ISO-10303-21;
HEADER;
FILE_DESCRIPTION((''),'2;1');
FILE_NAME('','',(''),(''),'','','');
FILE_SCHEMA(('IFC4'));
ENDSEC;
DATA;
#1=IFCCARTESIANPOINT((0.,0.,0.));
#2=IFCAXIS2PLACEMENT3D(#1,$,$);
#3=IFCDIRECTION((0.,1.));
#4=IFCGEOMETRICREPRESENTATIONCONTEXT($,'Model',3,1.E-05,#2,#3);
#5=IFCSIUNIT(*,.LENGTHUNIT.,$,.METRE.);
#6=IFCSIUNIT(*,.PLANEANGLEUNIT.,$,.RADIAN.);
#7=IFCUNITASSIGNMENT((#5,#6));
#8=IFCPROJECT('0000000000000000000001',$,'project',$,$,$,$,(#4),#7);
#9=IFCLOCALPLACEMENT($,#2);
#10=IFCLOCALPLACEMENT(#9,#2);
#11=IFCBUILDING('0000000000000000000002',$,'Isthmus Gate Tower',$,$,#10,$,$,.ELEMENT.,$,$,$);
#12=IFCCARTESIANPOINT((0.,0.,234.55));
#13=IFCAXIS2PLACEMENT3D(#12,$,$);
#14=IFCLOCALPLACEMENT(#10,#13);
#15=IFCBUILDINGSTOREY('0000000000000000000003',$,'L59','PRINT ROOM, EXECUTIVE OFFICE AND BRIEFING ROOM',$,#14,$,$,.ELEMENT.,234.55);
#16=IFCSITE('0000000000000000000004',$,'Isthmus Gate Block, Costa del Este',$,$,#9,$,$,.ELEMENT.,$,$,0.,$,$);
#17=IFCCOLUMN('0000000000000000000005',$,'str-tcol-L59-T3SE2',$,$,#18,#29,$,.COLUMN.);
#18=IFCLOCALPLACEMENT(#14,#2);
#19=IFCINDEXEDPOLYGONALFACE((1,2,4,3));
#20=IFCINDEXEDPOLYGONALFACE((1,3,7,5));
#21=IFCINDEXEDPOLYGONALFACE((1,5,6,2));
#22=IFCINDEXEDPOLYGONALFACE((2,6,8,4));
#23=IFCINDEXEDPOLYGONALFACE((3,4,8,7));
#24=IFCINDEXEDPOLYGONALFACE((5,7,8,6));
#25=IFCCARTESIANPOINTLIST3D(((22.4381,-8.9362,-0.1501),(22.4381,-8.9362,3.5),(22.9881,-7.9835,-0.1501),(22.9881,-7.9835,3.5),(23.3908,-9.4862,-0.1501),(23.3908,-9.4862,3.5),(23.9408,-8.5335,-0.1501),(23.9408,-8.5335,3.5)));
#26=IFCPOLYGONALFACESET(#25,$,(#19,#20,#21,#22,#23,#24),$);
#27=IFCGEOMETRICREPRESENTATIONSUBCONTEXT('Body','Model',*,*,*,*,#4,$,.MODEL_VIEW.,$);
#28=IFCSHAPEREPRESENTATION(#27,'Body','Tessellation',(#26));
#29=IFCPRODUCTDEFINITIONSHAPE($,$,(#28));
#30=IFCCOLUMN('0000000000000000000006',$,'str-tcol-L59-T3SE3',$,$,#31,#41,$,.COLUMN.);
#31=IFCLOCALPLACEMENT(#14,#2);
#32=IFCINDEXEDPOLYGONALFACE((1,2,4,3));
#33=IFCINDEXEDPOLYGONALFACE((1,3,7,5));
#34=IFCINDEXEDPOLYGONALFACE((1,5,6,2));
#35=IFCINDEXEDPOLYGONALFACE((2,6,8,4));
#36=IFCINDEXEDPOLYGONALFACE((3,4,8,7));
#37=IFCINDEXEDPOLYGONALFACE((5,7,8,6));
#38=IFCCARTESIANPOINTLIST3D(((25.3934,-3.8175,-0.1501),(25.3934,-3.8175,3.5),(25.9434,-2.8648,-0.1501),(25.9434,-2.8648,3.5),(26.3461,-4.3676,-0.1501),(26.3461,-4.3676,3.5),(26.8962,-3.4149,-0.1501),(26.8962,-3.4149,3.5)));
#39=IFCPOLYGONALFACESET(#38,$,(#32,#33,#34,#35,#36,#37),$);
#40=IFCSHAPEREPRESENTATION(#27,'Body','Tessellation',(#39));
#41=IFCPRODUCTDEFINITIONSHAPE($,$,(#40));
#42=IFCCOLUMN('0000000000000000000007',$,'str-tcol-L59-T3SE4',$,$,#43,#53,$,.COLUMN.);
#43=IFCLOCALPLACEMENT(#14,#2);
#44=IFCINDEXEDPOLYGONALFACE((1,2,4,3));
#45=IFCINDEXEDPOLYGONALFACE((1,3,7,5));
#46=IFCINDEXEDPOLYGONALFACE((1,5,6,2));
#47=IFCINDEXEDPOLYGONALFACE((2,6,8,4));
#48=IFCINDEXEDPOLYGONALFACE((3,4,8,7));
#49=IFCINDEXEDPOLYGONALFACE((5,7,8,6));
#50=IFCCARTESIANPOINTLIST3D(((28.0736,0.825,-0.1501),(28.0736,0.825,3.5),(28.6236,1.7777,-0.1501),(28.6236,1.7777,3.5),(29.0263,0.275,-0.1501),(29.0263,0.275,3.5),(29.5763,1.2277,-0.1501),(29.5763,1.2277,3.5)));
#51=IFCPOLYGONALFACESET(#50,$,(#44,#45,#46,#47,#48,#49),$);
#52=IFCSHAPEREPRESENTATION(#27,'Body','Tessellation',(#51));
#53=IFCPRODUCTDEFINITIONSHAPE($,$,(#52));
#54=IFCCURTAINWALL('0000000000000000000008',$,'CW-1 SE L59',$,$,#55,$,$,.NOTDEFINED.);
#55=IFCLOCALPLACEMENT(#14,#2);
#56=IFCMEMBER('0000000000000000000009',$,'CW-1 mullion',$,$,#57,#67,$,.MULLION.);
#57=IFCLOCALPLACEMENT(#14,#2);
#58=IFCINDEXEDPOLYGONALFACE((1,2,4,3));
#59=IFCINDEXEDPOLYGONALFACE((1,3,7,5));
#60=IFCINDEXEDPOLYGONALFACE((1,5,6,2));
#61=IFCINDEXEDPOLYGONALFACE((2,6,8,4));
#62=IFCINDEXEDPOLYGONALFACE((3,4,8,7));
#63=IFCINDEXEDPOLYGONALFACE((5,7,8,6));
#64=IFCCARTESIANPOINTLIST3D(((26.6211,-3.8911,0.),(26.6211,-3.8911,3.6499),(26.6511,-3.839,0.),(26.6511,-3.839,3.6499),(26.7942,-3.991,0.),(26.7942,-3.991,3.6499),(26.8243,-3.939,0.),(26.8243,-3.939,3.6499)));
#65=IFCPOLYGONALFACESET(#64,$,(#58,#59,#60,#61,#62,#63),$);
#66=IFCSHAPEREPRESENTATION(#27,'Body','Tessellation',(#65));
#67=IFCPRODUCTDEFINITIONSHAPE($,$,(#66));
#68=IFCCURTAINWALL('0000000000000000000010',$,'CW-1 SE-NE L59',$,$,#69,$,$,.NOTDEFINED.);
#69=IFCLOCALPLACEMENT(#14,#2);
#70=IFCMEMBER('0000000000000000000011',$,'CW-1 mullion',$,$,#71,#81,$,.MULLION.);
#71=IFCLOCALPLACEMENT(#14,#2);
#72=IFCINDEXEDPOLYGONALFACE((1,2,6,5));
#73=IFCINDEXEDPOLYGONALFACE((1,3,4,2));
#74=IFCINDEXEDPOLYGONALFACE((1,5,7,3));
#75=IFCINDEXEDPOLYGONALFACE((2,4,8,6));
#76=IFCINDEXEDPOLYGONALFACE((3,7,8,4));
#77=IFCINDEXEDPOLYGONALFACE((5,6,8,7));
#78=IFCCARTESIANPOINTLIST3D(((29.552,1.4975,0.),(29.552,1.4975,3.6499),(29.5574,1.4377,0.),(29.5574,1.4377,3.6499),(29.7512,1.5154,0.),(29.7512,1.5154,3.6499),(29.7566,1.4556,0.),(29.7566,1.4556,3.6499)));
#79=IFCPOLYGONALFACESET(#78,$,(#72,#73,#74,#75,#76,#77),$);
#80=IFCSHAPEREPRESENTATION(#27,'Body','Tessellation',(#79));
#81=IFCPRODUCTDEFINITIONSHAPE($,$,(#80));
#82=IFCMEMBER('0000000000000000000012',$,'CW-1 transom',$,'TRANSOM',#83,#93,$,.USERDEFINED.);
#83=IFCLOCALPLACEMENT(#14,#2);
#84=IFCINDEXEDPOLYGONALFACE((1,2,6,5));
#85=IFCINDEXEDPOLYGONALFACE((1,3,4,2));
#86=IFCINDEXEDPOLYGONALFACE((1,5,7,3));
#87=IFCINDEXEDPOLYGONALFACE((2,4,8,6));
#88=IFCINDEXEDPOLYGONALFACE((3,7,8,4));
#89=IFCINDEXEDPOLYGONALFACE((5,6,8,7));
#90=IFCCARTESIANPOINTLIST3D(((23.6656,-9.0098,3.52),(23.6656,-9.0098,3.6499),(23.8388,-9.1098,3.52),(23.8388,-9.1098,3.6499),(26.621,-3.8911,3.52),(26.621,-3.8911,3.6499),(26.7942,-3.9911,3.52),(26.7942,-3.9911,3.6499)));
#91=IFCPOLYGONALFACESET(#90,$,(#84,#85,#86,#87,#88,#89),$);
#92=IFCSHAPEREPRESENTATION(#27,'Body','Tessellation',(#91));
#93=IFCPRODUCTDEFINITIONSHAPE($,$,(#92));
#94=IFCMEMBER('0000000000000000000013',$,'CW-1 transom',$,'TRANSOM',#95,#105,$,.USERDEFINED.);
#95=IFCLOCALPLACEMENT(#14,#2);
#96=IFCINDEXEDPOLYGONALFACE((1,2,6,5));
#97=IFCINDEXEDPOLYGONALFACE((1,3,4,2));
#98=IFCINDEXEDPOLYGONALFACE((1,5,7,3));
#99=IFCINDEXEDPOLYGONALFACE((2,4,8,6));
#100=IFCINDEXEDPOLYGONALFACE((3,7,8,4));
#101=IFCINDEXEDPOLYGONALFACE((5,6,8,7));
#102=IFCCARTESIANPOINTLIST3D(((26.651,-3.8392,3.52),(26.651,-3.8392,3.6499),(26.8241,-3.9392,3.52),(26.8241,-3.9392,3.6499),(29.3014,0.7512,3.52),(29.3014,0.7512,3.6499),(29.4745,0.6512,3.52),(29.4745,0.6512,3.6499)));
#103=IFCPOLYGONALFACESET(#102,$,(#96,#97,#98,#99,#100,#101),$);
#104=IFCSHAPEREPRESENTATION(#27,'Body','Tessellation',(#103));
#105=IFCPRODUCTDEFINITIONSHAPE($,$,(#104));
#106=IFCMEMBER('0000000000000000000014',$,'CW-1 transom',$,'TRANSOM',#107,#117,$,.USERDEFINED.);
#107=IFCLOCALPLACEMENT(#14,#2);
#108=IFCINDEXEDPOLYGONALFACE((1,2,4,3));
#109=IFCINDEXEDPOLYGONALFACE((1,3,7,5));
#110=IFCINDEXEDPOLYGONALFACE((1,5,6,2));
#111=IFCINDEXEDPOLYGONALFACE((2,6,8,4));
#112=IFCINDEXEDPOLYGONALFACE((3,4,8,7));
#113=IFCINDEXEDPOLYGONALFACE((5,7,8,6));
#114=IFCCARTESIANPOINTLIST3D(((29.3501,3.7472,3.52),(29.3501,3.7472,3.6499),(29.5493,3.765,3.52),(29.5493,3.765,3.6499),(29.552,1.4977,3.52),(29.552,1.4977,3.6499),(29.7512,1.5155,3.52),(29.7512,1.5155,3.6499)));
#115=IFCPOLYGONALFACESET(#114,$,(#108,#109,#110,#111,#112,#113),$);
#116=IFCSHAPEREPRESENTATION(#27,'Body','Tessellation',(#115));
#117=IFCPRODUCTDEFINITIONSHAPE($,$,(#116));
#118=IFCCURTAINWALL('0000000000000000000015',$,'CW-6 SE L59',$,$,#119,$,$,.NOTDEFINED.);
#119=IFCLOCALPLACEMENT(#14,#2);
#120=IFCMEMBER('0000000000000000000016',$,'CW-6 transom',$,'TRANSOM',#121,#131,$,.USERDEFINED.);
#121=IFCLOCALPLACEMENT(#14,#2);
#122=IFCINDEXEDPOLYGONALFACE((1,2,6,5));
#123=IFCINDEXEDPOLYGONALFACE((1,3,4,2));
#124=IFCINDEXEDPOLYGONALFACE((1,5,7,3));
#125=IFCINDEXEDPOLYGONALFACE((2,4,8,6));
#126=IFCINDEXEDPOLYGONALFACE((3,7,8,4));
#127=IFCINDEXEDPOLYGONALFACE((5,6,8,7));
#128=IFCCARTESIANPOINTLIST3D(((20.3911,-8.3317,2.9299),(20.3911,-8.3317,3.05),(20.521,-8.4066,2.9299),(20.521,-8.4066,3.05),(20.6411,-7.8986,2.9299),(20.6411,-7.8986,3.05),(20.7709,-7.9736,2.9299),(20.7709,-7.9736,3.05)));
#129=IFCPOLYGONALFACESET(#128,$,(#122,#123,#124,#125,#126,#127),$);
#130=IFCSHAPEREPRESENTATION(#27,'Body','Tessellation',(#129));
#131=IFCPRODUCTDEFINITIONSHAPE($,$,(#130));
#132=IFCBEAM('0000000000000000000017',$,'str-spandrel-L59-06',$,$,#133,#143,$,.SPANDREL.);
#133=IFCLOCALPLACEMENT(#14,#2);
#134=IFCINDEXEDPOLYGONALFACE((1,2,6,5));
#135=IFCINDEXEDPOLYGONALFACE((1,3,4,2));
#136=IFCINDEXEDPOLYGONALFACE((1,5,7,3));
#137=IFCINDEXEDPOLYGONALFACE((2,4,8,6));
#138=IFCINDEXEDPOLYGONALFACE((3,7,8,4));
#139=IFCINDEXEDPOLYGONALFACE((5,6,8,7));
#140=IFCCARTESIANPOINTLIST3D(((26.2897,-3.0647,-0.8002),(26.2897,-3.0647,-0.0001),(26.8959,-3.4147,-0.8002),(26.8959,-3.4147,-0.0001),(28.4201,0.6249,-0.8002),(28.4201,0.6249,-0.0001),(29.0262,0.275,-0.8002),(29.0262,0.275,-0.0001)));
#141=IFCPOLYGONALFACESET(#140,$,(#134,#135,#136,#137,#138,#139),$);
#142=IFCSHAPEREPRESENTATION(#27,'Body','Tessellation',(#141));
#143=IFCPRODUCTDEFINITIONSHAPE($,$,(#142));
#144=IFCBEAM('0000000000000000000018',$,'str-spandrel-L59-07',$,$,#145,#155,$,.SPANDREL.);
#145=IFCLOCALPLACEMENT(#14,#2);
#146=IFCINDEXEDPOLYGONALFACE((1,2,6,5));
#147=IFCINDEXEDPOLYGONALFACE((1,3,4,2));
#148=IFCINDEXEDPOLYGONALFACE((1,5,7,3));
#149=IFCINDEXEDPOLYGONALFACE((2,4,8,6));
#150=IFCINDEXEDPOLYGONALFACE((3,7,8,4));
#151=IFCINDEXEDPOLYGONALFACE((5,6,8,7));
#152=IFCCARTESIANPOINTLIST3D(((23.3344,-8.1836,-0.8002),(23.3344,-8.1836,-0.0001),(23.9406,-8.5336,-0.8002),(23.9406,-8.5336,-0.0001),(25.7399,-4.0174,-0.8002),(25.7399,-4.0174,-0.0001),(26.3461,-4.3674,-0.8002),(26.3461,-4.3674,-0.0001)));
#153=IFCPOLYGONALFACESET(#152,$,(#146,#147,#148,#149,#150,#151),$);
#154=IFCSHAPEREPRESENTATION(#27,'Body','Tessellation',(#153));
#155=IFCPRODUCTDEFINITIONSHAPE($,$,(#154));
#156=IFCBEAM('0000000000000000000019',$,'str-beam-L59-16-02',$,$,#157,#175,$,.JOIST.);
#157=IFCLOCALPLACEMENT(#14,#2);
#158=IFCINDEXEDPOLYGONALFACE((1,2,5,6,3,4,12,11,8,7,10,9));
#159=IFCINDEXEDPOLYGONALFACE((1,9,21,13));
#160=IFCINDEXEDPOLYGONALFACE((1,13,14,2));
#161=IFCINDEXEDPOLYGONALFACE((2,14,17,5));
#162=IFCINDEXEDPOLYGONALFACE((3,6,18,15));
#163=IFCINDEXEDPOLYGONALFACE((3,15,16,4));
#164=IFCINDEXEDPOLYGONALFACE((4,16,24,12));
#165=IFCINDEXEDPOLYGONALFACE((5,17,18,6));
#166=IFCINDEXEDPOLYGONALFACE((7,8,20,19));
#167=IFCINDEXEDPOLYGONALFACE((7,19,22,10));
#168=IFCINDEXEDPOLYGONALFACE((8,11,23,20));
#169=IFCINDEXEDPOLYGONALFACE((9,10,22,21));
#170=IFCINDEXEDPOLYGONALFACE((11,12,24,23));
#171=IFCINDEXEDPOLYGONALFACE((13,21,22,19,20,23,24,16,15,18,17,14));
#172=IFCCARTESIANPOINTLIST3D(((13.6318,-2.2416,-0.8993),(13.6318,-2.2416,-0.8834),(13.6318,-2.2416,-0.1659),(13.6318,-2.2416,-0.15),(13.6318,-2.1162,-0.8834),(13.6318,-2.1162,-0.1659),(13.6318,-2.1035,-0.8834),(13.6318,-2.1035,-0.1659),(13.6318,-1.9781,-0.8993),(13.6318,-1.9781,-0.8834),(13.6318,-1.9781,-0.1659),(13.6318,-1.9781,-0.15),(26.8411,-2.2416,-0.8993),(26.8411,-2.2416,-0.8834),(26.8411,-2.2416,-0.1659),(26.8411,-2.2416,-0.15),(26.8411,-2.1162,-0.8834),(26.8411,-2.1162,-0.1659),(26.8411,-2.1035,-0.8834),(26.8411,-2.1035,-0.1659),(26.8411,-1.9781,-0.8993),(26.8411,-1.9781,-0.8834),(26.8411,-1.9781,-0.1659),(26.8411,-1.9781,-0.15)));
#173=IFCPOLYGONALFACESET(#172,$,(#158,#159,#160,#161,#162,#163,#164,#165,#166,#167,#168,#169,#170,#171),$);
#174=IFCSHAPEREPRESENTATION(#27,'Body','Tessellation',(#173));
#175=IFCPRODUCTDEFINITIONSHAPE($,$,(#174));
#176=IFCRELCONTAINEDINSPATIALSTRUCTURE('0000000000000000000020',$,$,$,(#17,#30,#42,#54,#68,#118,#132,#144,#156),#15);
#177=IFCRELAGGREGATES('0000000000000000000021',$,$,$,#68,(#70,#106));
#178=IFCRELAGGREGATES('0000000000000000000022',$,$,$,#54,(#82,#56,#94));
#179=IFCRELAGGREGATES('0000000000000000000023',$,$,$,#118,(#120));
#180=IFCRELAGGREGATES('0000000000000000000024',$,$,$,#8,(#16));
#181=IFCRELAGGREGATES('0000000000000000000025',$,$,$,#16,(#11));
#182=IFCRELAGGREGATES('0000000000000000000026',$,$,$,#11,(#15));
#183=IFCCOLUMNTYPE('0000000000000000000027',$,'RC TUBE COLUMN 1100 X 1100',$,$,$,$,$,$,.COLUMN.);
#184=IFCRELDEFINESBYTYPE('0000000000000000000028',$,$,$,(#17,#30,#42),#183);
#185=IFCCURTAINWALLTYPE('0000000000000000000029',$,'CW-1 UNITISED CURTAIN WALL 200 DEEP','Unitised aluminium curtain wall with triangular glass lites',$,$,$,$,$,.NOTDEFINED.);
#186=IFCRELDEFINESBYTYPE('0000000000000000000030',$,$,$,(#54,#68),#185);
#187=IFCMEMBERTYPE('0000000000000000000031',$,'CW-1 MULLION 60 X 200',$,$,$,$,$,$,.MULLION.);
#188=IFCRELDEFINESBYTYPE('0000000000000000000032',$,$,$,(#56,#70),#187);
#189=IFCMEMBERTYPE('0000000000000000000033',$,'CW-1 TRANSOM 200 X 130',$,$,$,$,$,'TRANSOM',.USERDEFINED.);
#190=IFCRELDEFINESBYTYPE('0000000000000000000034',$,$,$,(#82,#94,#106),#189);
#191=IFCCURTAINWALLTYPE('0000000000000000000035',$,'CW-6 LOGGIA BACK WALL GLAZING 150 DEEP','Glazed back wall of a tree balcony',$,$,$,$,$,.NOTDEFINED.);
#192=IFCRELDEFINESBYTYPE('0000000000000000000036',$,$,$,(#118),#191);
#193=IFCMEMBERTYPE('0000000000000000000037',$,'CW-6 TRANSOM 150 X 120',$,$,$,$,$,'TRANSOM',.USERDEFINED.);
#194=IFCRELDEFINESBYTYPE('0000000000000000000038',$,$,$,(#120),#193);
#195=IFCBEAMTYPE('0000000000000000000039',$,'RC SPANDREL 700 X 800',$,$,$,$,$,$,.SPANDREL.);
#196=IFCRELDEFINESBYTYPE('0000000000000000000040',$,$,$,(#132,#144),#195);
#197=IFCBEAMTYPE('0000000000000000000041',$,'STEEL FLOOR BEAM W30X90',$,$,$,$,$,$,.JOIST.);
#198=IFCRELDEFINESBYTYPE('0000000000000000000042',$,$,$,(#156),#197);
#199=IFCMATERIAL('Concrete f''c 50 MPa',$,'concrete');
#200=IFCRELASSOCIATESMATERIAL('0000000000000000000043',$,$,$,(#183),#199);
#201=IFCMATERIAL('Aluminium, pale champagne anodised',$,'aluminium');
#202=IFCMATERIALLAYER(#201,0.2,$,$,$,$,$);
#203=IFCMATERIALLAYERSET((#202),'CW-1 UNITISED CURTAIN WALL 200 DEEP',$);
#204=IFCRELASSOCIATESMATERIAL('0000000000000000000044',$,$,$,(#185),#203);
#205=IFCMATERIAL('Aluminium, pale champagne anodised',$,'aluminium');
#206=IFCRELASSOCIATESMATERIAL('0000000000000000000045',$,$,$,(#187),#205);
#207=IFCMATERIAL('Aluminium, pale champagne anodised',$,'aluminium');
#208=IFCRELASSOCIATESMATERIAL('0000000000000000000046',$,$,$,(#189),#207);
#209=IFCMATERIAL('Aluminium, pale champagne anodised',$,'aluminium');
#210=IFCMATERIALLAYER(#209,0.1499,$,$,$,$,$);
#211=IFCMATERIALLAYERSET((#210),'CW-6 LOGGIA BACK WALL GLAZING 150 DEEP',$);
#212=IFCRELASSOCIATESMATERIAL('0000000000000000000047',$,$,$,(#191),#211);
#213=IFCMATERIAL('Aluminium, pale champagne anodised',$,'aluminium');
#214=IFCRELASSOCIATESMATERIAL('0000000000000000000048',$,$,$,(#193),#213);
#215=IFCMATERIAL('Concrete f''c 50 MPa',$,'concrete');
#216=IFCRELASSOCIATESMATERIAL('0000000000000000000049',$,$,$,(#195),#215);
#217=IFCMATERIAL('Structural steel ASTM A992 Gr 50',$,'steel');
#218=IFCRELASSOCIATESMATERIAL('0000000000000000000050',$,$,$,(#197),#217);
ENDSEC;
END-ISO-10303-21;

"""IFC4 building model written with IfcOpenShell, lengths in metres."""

from ifc_helpers import new_model, si_unit, direction, frame, origin, origin_2d, place, context, subcontext, project, spatial, rectangle, i_section, extrude, material, layer, layer_set, material_profile, profile_set, type_object, element, aggregate, save


model = new_model("IFC4")

# Units and contexts
model_context = context("Model", 3, precision=1e-05, world=origin(), true_north=direction((0.0, 1.0)))
body_context = subcontext(model_context, "Body", "Model", "MODEL_VIEW")
ifc_project = project(units=[si_unit("LENGTHUNIT", "METRE"), si_unit("PLANEANGLEUNIT", "RADIAN")], contexts=[model_context])

# Site, building, storey
site_placement = place(None, origin())
site = spatial("IfcSite", under=ifc_project, at=site_placement, Name="Isthmus Gate Block, Costa del Este", CompositionType="ELEMENT", RefElevation=0.0)
building_placement = place(site_placement, origin())
building = spatial("IfcBuilding", under=site, at=building_placement, Name="Isthmus Gate Tower", CompositionType="ELEMENT")
storey_placement = place(building_placement, frame((0.0, 0.0, 234.55)))
storey = spatial("IfcBuildingStorey", under=building, at=storey_placement, Name="L59", Description="PRINT ROOM, EXECUTIVE OFFICE AND BRIEFING ROOM", CompositionType="ELEMENT", Elevation=234.55)

# Columns
ifc_material_1 = material(Name="Concrete f'c 50 MPa", Category="concrete")
ifc_material_profile_1 = material_profile(ifc_material_1, rectangle(XDim=1.1001, YDim=1.1001, at=origin_2d()), Name="RC 1100X1100")
ifc_profile_set_1 = profile_set([ifc_material_profile_1], Name="Concrete f'c 50 MPa")
column_type = type_object("IfcColumnType", Name="RC TUBE COLUMN 1100 X 1100", PredefinedType="COLUMN", material=ifc_profile_set_1)
for number, where, z_axis, x_axis, name in (
    (1, (23.1895, -8.7349, -0.1501), (0.0, 0.0, 1.0), (0.5, 0.866025, 0.0), "str-tcol-L59-T3SE2"),
    (2, (26.1448, -3.6162, -0.1501), (0.0, 0.0, 1.0), (0.5, 0.866025, 0.0), "str-tcol-L59-T3SE3"),
    (3, (28.825, 1.0264, -0.1501), (0.0, 0.0, 1.0), (0.5, 0.866025, 0.0), "str-tcol-L59-T3SE4"),
):
    element("IfcColumn", number, at=place(storey_placement, frame(where, z_axis=z_axis, x_axis=x_axis)), inside=storey, type_object=column_type, Name=name, PredefinedType="COLUMN", context=body_context, shape_type="SweptSolid", body=[
        extrude(rectangle(XDim=1.1001, YDim=1.1001, at=origin_2d()), origin(), (0.0, 0.0, 1.0), 3.6501),
    ])

# Curtain walls, members
ifc_material_2 = material(Name="Aluminium, pale champagne anodised", Category="aluminium")
ifc_layer_1 = layer(ifc_material_2, 0.2)
ifc_layer_set_1 = layer_set([ifc_layer_1], Name="CW-1 UNITISED CURTAIN WALL 200 DEEP")
curtain_wall_type_1 = type_object("IfcCurtainWallType", Name="CW-1 UNITISED CURTAIN WALL 200 DEEP", Description="Unitised aluminium curtain wall with triangular glass lites", PredefinedType="NOTDEFINED", material=ifc_layer_set_1)
curtain_wall_1_placement = place(storey_placement, origin())
curtain_wall_1 = element("IfcCurtainWall", 4, at=curtain_wall_1_placement, inside=storey, type_object=curtain_wall_type_1, Name="CW-1 SE L59", PredefinedType="NOTDEFINED")
ifc_material_3 = material(Name="Aluminium, pale champagne anodised", Category="aluminium")
ifc_material_profile_2 = material_profile(ifc_material_3, rectangle(XDim=0.0601, YDim=0.2, at=origin_2d()), Name="60x200")
ifc_profile_set_2 = profile_set([ifc_material_profile_2], Name="Aluminium, pale champagne anodised")
member_type_1 = type_object("IfcMemberType", Name="CW-1 MULLION 60 X 200", PredefinedType="MULLION", material=ifc_profile_set_2)
member_1_placement = place(storey_placement, frame((26.7227, -3.915, 0.0), z_axis=(0.0, 0.0, 1.0), x_axis=(0.5, 0.866025, 0.0)))
member_1 = element("IfcMember", 5, at=member_1_placement, type_object=member_type_1, Name="CW-1 mullion", PredefinedType="MULLION", context=body_context, shape_type="SweptSolid", body=[
    extrude(rectangle(XDim=0.0601, YDim=0.2, at=origin_2d()), origin(), (0.0, 0.0, 1.0), 3.6499),
])
curtain_wall_2_placement = place(storey_placement, origin())
curtain_wall_2 = element("IfcCurtainWall", 6, at=curtain_wall_2_placement, inside=storey, type_object=curtain_wall_type_1, Name="CW-1 SE-NE L59", PredefinedType="NOTDEFINED")
member_2_placement = place(storey_placement, frame((29.6543, 1.4766, 0.0), z_axis=(0.0, 0.0, 1.0), x_axis=(-0.089397, 0.995996, 0.0)))
member_2 = element("IfcMember", 7, at=member_2_placement, type_object=member_type_1, Name="CW-1 mullion", PredefinedType="MULLION", context=body_context, shape_type="SweptSolid", body=[
    extrude(rectangle(XDim=0.0601, YDim=0.2, at=origin_2d()), origin(), (0.0, 0.0, 1.0), 3.6499),
])

# Members
ifc_material_4 = material(Name="Aluminium, pale champagne anodised", Category="aluminium")
ifc_material_profile_3 = material_profile(ifc_material_4, rectangle(XDim=0.2, YDim=0.1299, at=origin_2d()), Name="200x130")
ifc_profile_set_3 = profile_set([ifc_material_profile_3], Name="Aluminium, pale champagne anodised")
member_type_2 = type_object("IfcMemberType", Name="CW-1 TRANSOM 200 X 130", ElementType="TRANSOM", PredefinedType="USERDEFINED", material=ifc_profile_set_3)
member_3_placement = place(storey_placement, frame((23.7522, -9.0598, 3.585), z_axis=(0.500008, 0.86602, 0.0), x_axis=(-0.86602, 0.500008, 0.0)))
member_3 = element("IfcMember", 8, at=member_3_placement, type_object=member_type_2, Name="CW-1 transom", ObjectType="TRANSOM", PredefinedType="USERDEFINED", context=body_context, shape_type="SweptSolid", body=[
    extrude(rectangle(XDim=0.2, YDim=0.1299, at=origin_2d()), origin(), (0.0, 0.0, 1.0), 5.9106),
])
member_4_placement = place(storey_placement, frame((26.7375, -3.8892, 3.585), z_axis=(0.500023, 0.866012, 0.0), x_axis=(-0.866012, 0.500023, 0.0)))
member_4 = element("IfcMember", 9, at=member_4_placement, type_object=member_type_2, Name="CW-1 transom", ObjectType="TRANSOM", PredefinedType="USERDEFINED", context=body_context, shape_type="SweptSolid", body=[
    extrude(rectangle(XDim=0.2, YDim=0.1299, at=origin_2d()), origin(), (0.0, 0.0, 1.0), 5.3005),
])
member_5_placement = place(storey_placement, frame((29.6516, 1.5066, 3.585), z_axis=(-0.089395, 0.995996, 0.0), x_axis=(-0.995996, -0.089395, 0.0)))
member_5 = element("IfcMember", 10, at=member_5_placement, type_object=member_type_2, Name="CW-1 transom", ObjectType="TRANSOM", PredefinedType="USERDEFINED", context=body_context, shape_type="SweptSolid", body=[
    extrude(rectangle(XDim=0.2, YDim=0.1299, at=origin_2d()), origin(), (0.0, 0.0, 1.0), 2.2585),
])
aggregate(curtain_wall_2, [member_2, member_5])

# Curtain wall, member
ifc_material_5 = material(Name="Aluminium, pale champagne anodised", Category="aluminium")
ifc_layer_2 = layer(ifc_material_5, 0.1499)
ifc_layer_set_2 = layer_set([ifc_layer_2], Name="CW-6 LOGGIA BACK WALL GLAZING 150 DEEP")
curtain_wall_type_2 = type_object("IfcCurtainWallType", Name="CW-6 LOGGIA BACK WALL GLAZING 150 DEEP", Description="Glazed back wall of a tree balcony", PredefinedType="NOTDEFINED", material=ifc_layer_set_2)
curtain_wall_3_placement = place(storey_placement, origin())
curtain_wall_3 = element("IfcCurtainWall", 11, at=curtain_wall_3_placement, inside=storey, type_object=curtain_wall_type_2, Name="CW-6 SE L59", PredefinedType="NOTDEFINED")
ifc_material_6 = material(Name="Aluminium, pale champagne anodised", Category="aluminium")
ifc_material_profile_4 = material_profile(ifc_material_6, rectangle(XDim=0.1499, YDim=0.1201, at=origin_2d()), Name="150x120")
ifc_profile_set_4 = profile_set([ifc_material_profile_4], Name="Aluminium, pale champagne anodised")
member_type_3 = type_object("IfcMemberType", Name="CW-6 TRANSOM 150 X 120", ElementType="TRANSOM", PredefinedType="USERDEFINED", material=ifc_profile_set_4)
member_6_placement = place(storey_placement, frame((20.4561, -8.3691, 2.99), z_axis=(0.49992, 0.866072, 0.0), x_axis=(-0.866072, 0.49992, 0.0)))
member_6 = element("IfcMember", 12, at=member_6_placement, type_object=member_type_3, Name="CW-6 transom", ObjectType="TRANSOM", PredefinedType="USERDEFINED", context=body_context, shape_type="SweptSolid", body=[
    extrude(rectangle(XDim=0.1499, YDim=0.1201, at=origin_2d()), origin(), (0.0, 0.0, 1.0), 0.5),
])

# Beams
ifc_material_7 = material(Name="Concrete f'c 50 MPa", Category="concrete")
ifc_material_profile_5 = material_profile(ifc_material_7, rectangle(XDim=0.7, YDim=0.8, at=origin_2d()), Name="RC 700X800")
ifc_profile_set_5 = profile_set([ifc_material_profile_5], Name="Concrete f'c 50 MPa")
beam_type_1 = type_object("IfcBeamType", Name="RC SPANDREL 700 X 800", PredefinedType="SPANDREL", material=ifc_profile_set_5)
beam_1_placement = place(storey_placement, frame((28.7231, 0.45, -0.4001), z_axis=(-0.500022, -0.866013, 0.0), x_axis=(0.866013, -0.500022, 0.0)))
element("IfcBeam", 13, at=beam_1_placement, inside=storey, type_object=beam_type_1, Name="str-spandrel-L59-06", PredefinedType="SPANDREL", context=body_context, shape_type="SweptSolid", body=[
    extrude(rectangle(XDim=0.7, YDim=0.8, at=origin_2d()), origin(), (0.0, 0.0, 1.0), 4.2605),
])
beam_2_placement = place(storey_placement, frame((26.043, -4.1924, -0.4001), z_axis=(-0.50002, -0.866014, 0.0), x_axis=(0.866014, -0.50002, 0.0)))
element("IfcBeam", 14, at=beam_2_placement, inside=storey, type_object=beam_type_1, Name="str-spandrel-L59-07", PredefinedType="SPANDREL", context=body_context, shape_type="SweptSolid", body=[
    extrude(rectangle(XDim=0.7, YDim=0.8, at=origin_2d()), origin(), (0.0, 0.0, 1.0), 4.8108),
])
ifc_material_8 = material(Name="Structural steel ASTM A992 Gr 50", Category="steel")
ifc_material_profile_6 = material_profile(ifc_material_8, i_section(OverallWidth=0.2634, OverallDepth=0.7493, WebThickness=0.0127, FlangeThickness=0.0159, at=origin_2d()), Name="W30X90")
ifc_profile_set_6 = profile_set([ifc_material_profile_6], Name="Structural steel ASTM A992 Gr 50")
beam_type_2 = type_object("IfcBeamType", Name="STEEL FLOOR BEAM W30X90", PredefinedType="JOIST", material=ifc_profile_set_6)
beam_3_placement = place(storey_placement, frame((13.6318, -2.1099, -0.5247), z_axis=(1.0, 0.0, 0.0), x_axis=(0.0, 1.0, 0.0)))
element("IfcBeam", 15, at=beam_3_placement, inside=storey, type_object=beam_type_2, Name="str-beam-L59-16-02", PredefinedType="JOIST", context=body_context, shape_type="SweptSolid", body=[
    extrude(i_section(OverallWidth=0.2634, OverallDepth=0.7493, WebThickness=0.0127, FlangeThickness=0.0159, at=origin_2d()), origin(), (0.0, 0.0, 1.0), 13.2092),
])

aggregate(curtain_wall_1, [member_3, member_1, member_4])
aggregate(curtain_wall_3, [member_6])

save(model, "model.ifc")
